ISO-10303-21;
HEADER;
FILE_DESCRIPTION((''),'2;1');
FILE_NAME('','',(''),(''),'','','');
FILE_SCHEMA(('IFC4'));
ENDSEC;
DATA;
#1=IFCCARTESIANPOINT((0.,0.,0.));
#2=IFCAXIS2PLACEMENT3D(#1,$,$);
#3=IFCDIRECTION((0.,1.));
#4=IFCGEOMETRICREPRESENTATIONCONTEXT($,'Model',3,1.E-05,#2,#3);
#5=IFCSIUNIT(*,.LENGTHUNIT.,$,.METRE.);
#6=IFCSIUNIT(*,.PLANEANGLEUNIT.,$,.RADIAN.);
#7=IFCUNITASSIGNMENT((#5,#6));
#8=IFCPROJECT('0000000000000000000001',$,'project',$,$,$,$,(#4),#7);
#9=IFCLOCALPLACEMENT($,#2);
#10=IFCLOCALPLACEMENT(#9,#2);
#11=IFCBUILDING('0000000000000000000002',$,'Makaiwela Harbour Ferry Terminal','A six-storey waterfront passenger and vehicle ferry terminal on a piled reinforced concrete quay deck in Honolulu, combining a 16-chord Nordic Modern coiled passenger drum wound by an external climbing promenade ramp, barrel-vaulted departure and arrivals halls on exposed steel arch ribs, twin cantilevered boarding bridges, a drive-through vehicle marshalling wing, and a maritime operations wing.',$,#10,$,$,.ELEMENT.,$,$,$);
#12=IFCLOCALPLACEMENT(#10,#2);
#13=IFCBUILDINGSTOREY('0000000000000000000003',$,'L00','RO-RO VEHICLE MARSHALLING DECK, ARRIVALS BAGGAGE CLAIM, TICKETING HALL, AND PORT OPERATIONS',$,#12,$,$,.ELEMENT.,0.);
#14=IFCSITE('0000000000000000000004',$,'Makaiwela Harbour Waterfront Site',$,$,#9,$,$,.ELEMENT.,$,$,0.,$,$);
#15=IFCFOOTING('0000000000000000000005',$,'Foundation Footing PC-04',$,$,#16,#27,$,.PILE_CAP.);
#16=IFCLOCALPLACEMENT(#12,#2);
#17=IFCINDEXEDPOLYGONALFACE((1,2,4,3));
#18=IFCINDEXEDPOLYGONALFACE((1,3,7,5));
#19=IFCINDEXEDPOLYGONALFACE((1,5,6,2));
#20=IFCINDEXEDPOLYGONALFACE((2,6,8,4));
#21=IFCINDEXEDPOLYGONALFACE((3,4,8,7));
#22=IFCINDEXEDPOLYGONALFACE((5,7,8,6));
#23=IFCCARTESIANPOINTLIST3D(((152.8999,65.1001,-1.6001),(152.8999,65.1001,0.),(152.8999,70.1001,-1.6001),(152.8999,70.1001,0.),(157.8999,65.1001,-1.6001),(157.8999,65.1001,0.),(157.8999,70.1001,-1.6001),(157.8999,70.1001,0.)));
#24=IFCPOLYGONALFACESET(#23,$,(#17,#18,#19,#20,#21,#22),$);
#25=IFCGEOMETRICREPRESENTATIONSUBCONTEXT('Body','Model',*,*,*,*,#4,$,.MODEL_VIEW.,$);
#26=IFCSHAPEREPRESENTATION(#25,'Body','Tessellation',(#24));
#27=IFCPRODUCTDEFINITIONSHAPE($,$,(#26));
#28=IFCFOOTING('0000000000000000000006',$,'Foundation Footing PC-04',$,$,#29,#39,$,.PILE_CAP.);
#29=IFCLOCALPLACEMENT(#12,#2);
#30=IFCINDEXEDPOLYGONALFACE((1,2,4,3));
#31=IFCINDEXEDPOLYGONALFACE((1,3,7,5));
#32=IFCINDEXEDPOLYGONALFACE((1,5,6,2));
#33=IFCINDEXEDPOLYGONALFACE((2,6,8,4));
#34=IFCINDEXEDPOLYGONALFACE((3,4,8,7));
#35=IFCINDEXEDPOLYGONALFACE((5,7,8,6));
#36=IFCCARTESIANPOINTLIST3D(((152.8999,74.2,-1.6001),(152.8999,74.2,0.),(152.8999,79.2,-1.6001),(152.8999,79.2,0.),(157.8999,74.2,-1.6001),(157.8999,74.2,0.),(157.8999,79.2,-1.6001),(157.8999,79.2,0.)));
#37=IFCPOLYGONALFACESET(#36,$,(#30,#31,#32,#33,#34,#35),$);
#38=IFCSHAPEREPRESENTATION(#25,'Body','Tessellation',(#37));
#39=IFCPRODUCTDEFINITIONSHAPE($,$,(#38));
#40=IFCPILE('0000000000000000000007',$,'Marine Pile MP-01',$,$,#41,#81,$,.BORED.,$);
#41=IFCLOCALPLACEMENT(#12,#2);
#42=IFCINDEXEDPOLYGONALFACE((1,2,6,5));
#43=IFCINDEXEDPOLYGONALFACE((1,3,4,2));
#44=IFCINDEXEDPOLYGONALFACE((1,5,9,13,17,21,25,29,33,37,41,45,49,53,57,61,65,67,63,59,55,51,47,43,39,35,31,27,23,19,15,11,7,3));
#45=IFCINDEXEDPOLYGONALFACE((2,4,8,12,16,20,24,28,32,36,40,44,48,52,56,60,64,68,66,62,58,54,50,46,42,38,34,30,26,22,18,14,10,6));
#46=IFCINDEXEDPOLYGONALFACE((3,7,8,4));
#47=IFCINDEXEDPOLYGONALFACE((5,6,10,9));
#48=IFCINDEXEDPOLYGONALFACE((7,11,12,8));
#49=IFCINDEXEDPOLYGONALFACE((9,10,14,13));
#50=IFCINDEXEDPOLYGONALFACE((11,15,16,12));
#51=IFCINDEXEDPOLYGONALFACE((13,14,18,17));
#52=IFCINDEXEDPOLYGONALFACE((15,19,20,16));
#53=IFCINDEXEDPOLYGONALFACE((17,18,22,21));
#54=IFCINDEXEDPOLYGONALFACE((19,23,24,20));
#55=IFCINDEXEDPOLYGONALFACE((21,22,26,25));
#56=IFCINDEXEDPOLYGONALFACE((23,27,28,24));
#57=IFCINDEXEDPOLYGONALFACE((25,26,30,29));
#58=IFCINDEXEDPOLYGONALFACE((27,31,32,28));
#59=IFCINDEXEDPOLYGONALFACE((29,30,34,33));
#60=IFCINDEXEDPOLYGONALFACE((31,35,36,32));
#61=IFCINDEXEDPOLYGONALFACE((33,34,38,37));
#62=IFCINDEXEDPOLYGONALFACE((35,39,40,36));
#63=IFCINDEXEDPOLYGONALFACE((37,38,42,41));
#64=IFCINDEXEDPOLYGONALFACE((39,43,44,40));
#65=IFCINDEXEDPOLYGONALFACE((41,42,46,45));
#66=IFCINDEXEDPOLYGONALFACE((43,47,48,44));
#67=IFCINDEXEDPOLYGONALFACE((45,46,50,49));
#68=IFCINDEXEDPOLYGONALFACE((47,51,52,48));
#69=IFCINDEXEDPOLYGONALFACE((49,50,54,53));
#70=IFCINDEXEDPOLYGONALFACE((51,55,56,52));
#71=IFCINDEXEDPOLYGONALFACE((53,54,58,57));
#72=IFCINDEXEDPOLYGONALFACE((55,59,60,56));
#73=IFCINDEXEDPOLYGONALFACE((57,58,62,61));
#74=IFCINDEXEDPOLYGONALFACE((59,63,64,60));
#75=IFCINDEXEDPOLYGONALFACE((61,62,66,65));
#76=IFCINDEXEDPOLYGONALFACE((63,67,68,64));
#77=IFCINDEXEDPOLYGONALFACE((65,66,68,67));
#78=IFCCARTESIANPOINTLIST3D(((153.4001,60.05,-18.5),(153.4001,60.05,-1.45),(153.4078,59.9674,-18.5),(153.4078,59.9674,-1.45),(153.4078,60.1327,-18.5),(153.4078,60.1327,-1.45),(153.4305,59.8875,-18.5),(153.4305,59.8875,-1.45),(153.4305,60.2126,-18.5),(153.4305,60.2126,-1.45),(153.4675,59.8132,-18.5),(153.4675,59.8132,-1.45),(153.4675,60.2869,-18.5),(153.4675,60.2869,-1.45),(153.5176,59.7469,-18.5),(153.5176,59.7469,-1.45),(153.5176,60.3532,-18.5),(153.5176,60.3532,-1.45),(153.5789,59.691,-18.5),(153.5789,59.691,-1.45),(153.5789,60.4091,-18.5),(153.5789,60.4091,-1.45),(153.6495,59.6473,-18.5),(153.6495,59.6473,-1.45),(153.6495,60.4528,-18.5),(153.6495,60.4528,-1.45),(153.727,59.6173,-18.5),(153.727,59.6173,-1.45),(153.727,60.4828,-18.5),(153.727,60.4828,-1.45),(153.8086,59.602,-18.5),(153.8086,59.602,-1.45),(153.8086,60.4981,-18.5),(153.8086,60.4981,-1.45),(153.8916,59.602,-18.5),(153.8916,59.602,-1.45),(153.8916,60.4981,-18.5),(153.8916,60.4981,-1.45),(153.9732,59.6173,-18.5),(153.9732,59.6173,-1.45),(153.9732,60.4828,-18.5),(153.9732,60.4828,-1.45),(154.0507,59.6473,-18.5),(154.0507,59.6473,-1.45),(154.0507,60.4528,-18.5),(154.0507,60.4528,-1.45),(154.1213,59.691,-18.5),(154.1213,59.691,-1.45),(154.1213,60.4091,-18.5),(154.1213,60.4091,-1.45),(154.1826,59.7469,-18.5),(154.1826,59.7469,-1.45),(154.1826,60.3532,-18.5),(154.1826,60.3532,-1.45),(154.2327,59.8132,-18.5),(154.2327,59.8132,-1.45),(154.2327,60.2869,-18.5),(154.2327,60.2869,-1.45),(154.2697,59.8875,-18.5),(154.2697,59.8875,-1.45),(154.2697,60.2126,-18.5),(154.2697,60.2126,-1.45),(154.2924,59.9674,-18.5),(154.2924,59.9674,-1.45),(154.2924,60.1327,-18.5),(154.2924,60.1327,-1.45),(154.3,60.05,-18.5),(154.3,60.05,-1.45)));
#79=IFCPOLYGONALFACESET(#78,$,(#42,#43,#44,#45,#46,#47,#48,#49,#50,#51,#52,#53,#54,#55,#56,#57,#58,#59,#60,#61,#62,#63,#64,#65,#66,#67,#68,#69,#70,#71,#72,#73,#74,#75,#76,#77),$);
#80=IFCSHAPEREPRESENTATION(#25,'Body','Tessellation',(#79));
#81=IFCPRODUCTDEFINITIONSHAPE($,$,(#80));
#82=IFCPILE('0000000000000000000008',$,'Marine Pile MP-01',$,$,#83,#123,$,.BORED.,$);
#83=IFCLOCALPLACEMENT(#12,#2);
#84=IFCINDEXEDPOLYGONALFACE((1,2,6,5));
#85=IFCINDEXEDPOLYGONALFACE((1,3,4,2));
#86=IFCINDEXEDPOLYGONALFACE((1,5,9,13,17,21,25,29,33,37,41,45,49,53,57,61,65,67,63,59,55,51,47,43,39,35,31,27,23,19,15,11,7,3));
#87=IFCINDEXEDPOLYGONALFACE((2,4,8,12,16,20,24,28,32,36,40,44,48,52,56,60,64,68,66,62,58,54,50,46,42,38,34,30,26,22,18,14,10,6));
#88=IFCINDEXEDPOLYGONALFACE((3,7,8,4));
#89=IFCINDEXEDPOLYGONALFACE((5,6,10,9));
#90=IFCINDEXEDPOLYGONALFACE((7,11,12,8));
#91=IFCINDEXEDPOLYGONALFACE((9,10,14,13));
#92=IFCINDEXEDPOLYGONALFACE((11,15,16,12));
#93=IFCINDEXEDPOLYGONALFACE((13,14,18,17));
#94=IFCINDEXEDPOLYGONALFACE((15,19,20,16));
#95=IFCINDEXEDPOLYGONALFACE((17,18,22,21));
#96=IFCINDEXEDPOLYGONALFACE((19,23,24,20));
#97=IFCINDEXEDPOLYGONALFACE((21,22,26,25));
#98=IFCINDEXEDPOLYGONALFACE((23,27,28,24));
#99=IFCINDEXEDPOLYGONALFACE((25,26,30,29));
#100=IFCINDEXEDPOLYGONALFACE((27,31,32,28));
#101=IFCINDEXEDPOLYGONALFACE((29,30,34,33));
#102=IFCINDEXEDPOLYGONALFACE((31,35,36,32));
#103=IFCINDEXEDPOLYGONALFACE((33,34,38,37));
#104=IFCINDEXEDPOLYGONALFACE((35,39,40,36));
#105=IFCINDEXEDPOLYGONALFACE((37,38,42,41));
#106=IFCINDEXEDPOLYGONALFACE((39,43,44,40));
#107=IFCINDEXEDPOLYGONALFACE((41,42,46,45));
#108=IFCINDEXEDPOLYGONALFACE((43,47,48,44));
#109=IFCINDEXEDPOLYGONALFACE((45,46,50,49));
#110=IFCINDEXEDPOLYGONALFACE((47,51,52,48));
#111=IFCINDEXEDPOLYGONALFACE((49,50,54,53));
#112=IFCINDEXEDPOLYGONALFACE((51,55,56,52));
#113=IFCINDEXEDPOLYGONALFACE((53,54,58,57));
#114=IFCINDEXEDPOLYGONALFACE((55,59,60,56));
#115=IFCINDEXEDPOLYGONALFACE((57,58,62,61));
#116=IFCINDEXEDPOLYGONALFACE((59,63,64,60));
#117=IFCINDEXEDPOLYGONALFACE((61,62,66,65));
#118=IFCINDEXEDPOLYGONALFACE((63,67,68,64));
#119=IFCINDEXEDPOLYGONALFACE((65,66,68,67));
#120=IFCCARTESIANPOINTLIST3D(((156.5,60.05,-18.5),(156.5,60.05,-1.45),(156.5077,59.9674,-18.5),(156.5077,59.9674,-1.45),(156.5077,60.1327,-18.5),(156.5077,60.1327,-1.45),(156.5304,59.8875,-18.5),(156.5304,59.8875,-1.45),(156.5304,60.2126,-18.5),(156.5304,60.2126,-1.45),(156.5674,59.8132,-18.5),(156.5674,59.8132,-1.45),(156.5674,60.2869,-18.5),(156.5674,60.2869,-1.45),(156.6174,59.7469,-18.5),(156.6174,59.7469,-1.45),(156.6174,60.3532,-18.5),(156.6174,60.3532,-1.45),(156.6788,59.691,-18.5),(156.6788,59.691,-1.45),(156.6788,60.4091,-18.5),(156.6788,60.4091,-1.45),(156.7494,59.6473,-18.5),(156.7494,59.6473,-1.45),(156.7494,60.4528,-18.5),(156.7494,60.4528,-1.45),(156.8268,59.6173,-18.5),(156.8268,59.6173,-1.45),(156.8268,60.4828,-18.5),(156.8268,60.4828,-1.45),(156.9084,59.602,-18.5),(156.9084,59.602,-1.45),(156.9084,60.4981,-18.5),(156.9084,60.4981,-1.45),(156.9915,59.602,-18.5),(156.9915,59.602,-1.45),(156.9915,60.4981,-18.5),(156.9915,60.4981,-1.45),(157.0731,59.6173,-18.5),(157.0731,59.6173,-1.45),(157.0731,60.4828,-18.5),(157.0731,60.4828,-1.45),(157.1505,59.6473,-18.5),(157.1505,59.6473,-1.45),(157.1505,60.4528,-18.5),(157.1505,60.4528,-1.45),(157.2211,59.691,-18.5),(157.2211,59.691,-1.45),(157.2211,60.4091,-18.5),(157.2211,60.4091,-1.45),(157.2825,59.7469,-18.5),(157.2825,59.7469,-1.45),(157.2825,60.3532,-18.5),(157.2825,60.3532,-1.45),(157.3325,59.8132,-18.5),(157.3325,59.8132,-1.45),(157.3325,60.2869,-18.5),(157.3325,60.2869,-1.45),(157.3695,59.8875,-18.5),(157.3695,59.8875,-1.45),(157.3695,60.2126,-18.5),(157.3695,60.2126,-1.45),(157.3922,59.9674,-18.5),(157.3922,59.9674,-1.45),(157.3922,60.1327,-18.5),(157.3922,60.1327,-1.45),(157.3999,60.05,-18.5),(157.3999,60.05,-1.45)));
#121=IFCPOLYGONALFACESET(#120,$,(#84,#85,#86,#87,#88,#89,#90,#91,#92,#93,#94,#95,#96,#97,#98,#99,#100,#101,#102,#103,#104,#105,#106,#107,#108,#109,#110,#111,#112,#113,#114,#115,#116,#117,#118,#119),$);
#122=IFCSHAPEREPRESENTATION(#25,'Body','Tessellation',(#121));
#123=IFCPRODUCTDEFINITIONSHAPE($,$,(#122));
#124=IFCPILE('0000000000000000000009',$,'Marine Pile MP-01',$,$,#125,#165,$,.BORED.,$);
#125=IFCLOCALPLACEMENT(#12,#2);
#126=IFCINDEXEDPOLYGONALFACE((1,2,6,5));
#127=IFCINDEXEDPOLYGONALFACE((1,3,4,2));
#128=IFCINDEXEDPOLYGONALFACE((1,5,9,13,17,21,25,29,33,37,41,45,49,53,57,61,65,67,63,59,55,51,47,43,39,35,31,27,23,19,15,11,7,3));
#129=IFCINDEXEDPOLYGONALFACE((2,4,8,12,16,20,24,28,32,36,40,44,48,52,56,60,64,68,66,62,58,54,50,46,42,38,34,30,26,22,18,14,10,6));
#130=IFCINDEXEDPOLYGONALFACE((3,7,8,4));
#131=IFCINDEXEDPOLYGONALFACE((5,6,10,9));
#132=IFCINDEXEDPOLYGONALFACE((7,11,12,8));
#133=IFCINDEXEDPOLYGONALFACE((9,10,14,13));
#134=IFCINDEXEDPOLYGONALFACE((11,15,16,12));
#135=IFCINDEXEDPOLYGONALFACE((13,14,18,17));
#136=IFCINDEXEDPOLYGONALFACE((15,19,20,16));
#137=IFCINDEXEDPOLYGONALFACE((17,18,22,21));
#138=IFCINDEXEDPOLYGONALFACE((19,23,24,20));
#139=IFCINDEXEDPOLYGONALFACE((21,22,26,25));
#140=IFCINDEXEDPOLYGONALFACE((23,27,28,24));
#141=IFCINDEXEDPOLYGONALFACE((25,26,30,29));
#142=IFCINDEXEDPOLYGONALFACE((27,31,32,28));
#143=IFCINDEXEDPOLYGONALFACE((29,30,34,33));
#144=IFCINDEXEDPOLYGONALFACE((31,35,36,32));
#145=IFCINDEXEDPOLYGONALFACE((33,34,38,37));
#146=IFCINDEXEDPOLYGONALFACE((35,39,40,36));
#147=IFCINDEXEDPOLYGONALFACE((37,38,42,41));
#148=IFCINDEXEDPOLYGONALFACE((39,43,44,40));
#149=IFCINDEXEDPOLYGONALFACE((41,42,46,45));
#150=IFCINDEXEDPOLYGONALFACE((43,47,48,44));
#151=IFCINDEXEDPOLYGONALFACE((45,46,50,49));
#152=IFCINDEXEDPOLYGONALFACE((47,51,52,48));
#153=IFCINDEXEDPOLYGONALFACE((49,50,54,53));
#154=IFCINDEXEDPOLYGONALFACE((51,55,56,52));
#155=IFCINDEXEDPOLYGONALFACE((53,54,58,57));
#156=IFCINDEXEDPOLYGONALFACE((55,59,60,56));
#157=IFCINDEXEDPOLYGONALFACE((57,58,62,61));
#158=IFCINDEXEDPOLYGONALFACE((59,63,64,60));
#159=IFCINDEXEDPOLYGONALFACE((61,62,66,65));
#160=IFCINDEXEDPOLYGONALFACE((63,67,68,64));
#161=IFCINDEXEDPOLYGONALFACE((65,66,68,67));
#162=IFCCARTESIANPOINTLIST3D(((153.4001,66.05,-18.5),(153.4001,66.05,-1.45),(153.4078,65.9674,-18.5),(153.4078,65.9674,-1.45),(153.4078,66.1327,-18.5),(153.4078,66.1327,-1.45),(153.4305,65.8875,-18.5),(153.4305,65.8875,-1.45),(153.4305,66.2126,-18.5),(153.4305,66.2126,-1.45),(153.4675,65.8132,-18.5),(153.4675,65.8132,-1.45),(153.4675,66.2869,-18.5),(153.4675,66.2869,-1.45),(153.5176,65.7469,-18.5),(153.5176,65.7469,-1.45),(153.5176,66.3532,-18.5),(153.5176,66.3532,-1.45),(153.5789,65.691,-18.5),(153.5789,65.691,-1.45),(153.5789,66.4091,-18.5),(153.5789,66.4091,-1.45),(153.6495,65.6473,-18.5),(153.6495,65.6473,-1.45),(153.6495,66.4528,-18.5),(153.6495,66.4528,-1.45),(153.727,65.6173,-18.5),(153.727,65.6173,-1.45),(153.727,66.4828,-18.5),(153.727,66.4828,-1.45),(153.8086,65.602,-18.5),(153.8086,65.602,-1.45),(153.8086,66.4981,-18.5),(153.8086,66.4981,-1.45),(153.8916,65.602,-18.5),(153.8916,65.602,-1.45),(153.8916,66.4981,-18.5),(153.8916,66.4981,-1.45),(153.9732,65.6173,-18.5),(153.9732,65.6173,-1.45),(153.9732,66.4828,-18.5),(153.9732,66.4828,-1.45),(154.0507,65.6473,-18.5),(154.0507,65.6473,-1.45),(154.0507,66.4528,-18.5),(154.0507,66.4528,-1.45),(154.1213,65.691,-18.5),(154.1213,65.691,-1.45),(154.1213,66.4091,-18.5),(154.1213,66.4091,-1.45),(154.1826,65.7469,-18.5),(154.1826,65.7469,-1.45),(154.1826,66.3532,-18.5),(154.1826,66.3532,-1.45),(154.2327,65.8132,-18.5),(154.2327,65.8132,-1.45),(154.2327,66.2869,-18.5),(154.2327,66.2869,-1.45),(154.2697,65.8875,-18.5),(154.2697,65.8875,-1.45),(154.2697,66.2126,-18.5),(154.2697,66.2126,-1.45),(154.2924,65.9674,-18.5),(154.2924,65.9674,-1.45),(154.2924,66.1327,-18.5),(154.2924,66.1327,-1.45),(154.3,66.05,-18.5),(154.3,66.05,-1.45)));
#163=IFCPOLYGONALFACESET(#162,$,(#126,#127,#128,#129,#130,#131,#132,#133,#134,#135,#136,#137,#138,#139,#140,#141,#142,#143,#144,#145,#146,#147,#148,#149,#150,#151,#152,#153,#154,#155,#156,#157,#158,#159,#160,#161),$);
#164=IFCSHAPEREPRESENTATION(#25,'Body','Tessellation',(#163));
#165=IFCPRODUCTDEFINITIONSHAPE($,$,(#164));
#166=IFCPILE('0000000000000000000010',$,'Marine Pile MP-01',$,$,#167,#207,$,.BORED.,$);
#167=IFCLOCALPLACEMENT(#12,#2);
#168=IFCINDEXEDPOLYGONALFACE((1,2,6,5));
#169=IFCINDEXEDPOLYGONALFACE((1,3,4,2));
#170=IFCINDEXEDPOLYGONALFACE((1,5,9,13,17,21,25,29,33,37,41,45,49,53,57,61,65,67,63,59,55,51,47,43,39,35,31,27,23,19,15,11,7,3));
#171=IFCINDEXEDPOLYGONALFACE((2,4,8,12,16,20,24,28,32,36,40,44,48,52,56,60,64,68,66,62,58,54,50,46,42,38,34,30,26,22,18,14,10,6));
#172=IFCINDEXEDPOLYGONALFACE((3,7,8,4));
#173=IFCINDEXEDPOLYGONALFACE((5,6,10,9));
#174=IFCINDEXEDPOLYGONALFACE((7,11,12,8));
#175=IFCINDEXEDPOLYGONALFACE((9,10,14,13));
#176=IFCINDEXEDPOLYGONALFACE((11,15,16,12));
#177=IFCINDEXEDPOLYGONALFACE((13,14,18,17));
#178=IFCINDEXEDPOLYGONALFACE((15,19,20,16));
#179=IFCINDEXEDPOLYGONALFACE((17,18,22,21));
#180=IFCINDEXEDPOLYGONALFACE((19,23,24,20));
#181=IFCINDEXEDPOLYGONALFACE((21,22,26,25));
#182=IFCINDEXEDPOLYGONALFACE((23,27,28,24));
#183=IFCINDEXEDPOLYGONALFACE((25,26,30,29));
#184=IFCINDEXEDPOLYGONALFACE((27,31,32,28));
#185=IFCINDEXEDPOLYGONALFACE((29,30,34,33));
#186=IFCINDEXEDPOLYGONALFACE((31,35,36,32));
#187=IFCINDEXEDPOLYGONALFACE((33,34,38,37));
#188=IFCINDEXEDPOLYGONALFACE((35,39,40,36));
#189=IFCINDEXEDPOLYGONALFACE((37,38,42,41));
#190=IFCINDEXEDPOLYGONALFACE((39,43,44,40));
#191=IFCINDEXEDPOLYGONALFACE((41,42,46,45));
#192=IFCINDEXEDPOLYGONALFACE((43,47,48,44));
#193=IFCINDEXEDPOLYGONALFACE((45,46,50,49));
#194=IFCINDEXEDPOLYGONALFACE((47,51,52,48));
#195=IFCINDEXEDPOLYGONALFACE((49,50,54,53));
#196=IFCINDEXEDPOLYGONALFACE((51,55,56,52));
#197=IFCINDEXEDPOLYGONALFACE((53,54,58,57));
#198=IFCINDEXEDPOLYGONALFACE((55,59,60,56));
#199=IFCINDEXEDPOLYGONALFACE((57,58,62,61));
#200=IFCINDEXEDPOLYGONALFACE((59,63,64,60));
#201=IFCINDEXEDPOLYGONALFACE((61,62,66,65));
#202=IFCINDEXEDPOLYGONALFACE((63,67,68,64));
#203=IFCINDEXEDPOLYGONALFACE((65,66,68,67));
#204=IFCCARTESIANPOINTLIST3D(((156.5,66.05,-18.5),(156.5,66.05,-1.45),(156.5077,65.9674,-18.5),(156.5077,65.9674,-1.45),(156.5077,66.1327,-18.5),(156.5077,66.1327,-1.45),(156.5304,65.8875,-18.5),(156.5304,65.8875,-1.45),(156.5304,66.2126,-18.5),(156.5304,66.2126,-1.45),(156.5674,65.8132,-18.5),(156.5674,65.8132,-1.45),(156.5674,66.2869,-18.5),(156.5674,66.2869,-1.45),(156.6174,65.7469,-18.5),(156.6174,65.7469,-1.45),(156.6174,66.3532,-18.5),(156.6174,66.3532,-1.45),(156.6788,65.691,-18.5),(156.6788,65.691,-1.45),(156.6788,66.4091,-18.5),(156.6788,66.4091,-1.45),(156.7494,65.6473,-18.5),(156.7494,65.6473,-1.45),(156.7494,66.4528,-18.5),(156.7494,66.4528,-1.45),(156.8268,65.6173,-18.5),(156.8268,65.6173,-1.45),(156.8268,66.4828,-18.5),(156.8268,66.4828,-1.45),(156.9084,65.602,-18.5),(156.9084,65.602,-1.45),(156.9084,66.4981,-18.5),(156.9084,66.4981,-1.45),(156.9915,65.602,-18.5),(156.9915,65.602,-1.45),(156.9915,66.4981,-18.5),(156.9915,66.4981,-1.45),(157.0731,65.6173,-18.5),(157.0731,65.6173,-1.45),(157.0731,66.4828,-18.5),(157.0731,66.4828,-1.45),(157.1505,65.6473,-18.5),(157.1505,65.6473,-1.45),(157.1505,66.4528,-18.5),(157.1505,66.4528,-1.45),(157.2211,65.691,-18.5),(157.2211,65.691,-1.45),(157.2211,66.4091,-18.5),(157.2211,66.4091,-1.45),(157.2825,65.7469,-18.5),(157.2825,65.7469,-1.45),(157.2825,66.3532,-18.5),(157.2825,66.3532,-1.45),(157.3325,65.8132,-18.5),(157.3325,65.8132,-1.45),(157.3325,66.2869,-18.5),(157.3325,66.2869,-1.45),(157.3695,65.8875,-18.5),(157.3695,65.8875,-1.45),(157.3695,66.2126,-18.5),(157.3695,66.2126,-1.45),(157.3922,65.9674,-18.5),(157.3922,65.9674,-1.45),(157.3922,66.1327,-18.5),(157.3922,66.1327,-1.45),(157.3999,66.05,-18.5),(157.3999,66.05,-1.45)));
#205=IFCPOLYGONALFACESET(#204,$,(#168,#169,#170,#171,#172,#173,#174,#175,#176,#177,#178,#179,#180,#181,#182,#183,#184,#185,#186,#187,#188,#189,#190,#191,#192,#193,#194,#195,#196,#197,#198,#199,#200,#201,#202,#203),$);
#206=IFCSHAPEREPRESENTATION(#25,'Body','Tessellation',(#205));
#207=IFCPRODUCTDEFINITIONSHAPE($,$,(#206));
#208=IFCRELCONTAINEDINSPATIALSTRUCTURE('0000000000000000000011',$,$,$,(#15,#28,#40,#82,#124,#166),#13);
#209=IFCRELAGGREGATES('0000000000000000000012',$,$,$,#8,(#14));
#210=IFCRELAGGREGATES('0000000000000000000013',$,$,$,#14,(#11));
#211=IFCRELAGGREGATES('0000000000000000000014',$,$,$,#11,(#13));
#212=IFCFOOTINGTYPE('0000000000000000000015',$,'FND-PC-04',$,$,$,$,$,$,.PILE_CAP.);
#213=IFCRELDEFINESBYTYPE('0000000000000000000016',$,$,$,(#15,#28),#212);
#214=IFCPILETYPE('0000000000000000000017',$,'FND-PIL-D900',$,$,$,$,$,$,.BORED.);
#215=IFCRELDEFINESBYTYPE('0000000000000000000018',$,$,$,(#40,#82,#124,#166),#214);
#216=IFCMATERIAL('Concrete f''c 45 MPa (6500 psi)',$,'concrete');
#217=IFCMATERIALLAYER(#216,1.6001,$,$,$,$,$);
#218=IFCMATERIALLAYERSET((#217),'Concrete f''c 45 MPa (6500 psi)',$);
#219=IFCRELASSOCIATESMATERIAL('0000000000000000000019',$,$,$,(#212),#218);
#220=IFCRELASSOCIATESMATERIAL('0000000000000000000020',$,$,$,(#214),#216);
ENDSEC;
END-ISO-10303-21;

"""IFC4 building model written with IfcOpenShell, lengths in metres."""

from ifc_helpers import new_model, si_unit, direction, frame, origin, origin_2d, place, context, subcontext, project, spatial, rectangle, circle, extrude, material, layer, layer_set, material_profile, profile_set, type_object, element, save


model = new_model("IFC4")

# Units and contexts
model_context = context("Model", 3, precision=1e-05, world=origin(), true_north=direction((0.0, 1.0)))
body_context = subcontext(model_context, "Body", "Model", "MODEL_VIEW")
ifc_project = project(units=[si_unit("LENGTHUNIT", "METRE"), si_unit("PLANEANGLEUNIT", "RADIAN")], contexts=[model_context])

# Site, building, storey
site_placement = place(None, origin())
site = spatial("IfcSite", under=ifc_project, at=site_placement, Name="Makaiwela Harbour Waterfront Site", CompositionType="ELEMENT", RefElevation=0.0)
building_placement = place(site_placement, origin())
building = spatial("IfcBuilding", under=site, at=building_placement, Name="Makaiwela Harbour Ferry Terminal", Description="A six-storey waterfront passenger and vehicle ferry terminal on a piled reinforced concrete quay deck in Honolulu, combining a 16-chord Nordic Modern coiled passenger drum wound by an external climbing promenade ramp, barrel-vaulted departure and arrivals halls on exposed steel arch ribs, twin cantilevered boarding bridges, a drive-through vehicle marshalling wing, and a maritime operations wing.", CompositionType="ELEMENT")
storey_placement = place(building_placement, origin())
storey = spatial("IfcBuildingStorey", under=building, at=storey_placement, Name="L00", Description="RO-RO VEHICLE MARSHALLING DECK, ARRIVALS BAGGAGE CLAIM, TICKETING HALL, AND PORT OPERATIONS", CompositionType="ELEMENT", Elevation=0.0)

# Footings
ifc_material_1 = material(Name="Concrete f'c 45 MPa (6500 psi)", Category="concrete")
ifc_layer_1 = layer(ifc_material_1, 1.6001)
ifc_layer_set_1 = layer_set([ifc_layer_1], Name="Concrete f'c 45 MPa (6500 psi)")
footing_type_1 = type_object("IfcFootingType", Name="FND-PC-04", PredefinedType="PILE_CAP", material=ifc_layer_set_1)
for number, where, z_axis, x_axis, name in (
    (1, (155.3999, 67.6001, -1.6001), (0.0, 0.0, 1.0), (1.0, 0.0, 0.0), "Foundation Footing PC-04"),
    (2, (155.3999, 76.7, -1.6001), (0.0, 0.0, 1.0), (1.0, 0.0, 0.0), "Foundation Footing PC-04"),
):
    element("IfcFooting", number, at=place(storey_placement, frame(where, z_axis=z_axis, x_axis=x_axis)), inside=storey, type_object=footing_type_1, Name=name, PredefinedType="PILE_CAP", context=body_context, shape_type="SweptSolid", body=[
        extrude(rectangle(XDim=5.0, YDim=5.0, at=origin_2d()), origin(), (0.0, 0.0, 1.0), 1.6001),
    ])

# Piles
ifc_material_profile_1 = material_profile(ifc_material_1, circle(Radius=0.45, at=origin_2d()), Name="PILE-D900")
ifc_profile_set_1 = profile_set([ifc_material_profile_1], Name="Concrete f'c 45 MPa (6500 psi)")
pile_type = type_object("IfcPileType", Name="FND-PIL-D900", PredefinedType="BORED", material=ifc_profile_set_1)
for number, where, z_axis, x_axis, name in (
    (3, (153.8501, 60.05, -1.45), (0.0, 0.0, -1.0), (1.0, 0.0, 0.0), "Marine Pile MP-01"),
    (4, (156.95, 60.05, -1.45), (0.0, 0.0, -1.0), (1.0, 0.0, 0.0), "Marine Pile MP-01"),
    (5, (153.8501, 66.05, -1.45), (0.0, 0.0, -1.0), (1.0, 0.0, 0.0), "Marine Pile MP-01"),
    (6, (156.95, 66.05, -1.45), (0.0, 0.0, -1.0), (1.0, 0.0, 0.0), "Marine Pile MP-01"),
):
    element("IfcPile", number, at=place(storey_placement, frame(where, z_axis=z_axis, x_axis=x_axis)), inside=storey, type_object=pile_type, Name=name, PredefinedType="BORED", context=body_context, shape_type="SweptSolid", body=[
        extrude(circle(Radius=0.45, at=origin_2d()), origin(), (0.0, 0.0, 1.0), 17.05),
    ])

save(model, "model.ifc")
